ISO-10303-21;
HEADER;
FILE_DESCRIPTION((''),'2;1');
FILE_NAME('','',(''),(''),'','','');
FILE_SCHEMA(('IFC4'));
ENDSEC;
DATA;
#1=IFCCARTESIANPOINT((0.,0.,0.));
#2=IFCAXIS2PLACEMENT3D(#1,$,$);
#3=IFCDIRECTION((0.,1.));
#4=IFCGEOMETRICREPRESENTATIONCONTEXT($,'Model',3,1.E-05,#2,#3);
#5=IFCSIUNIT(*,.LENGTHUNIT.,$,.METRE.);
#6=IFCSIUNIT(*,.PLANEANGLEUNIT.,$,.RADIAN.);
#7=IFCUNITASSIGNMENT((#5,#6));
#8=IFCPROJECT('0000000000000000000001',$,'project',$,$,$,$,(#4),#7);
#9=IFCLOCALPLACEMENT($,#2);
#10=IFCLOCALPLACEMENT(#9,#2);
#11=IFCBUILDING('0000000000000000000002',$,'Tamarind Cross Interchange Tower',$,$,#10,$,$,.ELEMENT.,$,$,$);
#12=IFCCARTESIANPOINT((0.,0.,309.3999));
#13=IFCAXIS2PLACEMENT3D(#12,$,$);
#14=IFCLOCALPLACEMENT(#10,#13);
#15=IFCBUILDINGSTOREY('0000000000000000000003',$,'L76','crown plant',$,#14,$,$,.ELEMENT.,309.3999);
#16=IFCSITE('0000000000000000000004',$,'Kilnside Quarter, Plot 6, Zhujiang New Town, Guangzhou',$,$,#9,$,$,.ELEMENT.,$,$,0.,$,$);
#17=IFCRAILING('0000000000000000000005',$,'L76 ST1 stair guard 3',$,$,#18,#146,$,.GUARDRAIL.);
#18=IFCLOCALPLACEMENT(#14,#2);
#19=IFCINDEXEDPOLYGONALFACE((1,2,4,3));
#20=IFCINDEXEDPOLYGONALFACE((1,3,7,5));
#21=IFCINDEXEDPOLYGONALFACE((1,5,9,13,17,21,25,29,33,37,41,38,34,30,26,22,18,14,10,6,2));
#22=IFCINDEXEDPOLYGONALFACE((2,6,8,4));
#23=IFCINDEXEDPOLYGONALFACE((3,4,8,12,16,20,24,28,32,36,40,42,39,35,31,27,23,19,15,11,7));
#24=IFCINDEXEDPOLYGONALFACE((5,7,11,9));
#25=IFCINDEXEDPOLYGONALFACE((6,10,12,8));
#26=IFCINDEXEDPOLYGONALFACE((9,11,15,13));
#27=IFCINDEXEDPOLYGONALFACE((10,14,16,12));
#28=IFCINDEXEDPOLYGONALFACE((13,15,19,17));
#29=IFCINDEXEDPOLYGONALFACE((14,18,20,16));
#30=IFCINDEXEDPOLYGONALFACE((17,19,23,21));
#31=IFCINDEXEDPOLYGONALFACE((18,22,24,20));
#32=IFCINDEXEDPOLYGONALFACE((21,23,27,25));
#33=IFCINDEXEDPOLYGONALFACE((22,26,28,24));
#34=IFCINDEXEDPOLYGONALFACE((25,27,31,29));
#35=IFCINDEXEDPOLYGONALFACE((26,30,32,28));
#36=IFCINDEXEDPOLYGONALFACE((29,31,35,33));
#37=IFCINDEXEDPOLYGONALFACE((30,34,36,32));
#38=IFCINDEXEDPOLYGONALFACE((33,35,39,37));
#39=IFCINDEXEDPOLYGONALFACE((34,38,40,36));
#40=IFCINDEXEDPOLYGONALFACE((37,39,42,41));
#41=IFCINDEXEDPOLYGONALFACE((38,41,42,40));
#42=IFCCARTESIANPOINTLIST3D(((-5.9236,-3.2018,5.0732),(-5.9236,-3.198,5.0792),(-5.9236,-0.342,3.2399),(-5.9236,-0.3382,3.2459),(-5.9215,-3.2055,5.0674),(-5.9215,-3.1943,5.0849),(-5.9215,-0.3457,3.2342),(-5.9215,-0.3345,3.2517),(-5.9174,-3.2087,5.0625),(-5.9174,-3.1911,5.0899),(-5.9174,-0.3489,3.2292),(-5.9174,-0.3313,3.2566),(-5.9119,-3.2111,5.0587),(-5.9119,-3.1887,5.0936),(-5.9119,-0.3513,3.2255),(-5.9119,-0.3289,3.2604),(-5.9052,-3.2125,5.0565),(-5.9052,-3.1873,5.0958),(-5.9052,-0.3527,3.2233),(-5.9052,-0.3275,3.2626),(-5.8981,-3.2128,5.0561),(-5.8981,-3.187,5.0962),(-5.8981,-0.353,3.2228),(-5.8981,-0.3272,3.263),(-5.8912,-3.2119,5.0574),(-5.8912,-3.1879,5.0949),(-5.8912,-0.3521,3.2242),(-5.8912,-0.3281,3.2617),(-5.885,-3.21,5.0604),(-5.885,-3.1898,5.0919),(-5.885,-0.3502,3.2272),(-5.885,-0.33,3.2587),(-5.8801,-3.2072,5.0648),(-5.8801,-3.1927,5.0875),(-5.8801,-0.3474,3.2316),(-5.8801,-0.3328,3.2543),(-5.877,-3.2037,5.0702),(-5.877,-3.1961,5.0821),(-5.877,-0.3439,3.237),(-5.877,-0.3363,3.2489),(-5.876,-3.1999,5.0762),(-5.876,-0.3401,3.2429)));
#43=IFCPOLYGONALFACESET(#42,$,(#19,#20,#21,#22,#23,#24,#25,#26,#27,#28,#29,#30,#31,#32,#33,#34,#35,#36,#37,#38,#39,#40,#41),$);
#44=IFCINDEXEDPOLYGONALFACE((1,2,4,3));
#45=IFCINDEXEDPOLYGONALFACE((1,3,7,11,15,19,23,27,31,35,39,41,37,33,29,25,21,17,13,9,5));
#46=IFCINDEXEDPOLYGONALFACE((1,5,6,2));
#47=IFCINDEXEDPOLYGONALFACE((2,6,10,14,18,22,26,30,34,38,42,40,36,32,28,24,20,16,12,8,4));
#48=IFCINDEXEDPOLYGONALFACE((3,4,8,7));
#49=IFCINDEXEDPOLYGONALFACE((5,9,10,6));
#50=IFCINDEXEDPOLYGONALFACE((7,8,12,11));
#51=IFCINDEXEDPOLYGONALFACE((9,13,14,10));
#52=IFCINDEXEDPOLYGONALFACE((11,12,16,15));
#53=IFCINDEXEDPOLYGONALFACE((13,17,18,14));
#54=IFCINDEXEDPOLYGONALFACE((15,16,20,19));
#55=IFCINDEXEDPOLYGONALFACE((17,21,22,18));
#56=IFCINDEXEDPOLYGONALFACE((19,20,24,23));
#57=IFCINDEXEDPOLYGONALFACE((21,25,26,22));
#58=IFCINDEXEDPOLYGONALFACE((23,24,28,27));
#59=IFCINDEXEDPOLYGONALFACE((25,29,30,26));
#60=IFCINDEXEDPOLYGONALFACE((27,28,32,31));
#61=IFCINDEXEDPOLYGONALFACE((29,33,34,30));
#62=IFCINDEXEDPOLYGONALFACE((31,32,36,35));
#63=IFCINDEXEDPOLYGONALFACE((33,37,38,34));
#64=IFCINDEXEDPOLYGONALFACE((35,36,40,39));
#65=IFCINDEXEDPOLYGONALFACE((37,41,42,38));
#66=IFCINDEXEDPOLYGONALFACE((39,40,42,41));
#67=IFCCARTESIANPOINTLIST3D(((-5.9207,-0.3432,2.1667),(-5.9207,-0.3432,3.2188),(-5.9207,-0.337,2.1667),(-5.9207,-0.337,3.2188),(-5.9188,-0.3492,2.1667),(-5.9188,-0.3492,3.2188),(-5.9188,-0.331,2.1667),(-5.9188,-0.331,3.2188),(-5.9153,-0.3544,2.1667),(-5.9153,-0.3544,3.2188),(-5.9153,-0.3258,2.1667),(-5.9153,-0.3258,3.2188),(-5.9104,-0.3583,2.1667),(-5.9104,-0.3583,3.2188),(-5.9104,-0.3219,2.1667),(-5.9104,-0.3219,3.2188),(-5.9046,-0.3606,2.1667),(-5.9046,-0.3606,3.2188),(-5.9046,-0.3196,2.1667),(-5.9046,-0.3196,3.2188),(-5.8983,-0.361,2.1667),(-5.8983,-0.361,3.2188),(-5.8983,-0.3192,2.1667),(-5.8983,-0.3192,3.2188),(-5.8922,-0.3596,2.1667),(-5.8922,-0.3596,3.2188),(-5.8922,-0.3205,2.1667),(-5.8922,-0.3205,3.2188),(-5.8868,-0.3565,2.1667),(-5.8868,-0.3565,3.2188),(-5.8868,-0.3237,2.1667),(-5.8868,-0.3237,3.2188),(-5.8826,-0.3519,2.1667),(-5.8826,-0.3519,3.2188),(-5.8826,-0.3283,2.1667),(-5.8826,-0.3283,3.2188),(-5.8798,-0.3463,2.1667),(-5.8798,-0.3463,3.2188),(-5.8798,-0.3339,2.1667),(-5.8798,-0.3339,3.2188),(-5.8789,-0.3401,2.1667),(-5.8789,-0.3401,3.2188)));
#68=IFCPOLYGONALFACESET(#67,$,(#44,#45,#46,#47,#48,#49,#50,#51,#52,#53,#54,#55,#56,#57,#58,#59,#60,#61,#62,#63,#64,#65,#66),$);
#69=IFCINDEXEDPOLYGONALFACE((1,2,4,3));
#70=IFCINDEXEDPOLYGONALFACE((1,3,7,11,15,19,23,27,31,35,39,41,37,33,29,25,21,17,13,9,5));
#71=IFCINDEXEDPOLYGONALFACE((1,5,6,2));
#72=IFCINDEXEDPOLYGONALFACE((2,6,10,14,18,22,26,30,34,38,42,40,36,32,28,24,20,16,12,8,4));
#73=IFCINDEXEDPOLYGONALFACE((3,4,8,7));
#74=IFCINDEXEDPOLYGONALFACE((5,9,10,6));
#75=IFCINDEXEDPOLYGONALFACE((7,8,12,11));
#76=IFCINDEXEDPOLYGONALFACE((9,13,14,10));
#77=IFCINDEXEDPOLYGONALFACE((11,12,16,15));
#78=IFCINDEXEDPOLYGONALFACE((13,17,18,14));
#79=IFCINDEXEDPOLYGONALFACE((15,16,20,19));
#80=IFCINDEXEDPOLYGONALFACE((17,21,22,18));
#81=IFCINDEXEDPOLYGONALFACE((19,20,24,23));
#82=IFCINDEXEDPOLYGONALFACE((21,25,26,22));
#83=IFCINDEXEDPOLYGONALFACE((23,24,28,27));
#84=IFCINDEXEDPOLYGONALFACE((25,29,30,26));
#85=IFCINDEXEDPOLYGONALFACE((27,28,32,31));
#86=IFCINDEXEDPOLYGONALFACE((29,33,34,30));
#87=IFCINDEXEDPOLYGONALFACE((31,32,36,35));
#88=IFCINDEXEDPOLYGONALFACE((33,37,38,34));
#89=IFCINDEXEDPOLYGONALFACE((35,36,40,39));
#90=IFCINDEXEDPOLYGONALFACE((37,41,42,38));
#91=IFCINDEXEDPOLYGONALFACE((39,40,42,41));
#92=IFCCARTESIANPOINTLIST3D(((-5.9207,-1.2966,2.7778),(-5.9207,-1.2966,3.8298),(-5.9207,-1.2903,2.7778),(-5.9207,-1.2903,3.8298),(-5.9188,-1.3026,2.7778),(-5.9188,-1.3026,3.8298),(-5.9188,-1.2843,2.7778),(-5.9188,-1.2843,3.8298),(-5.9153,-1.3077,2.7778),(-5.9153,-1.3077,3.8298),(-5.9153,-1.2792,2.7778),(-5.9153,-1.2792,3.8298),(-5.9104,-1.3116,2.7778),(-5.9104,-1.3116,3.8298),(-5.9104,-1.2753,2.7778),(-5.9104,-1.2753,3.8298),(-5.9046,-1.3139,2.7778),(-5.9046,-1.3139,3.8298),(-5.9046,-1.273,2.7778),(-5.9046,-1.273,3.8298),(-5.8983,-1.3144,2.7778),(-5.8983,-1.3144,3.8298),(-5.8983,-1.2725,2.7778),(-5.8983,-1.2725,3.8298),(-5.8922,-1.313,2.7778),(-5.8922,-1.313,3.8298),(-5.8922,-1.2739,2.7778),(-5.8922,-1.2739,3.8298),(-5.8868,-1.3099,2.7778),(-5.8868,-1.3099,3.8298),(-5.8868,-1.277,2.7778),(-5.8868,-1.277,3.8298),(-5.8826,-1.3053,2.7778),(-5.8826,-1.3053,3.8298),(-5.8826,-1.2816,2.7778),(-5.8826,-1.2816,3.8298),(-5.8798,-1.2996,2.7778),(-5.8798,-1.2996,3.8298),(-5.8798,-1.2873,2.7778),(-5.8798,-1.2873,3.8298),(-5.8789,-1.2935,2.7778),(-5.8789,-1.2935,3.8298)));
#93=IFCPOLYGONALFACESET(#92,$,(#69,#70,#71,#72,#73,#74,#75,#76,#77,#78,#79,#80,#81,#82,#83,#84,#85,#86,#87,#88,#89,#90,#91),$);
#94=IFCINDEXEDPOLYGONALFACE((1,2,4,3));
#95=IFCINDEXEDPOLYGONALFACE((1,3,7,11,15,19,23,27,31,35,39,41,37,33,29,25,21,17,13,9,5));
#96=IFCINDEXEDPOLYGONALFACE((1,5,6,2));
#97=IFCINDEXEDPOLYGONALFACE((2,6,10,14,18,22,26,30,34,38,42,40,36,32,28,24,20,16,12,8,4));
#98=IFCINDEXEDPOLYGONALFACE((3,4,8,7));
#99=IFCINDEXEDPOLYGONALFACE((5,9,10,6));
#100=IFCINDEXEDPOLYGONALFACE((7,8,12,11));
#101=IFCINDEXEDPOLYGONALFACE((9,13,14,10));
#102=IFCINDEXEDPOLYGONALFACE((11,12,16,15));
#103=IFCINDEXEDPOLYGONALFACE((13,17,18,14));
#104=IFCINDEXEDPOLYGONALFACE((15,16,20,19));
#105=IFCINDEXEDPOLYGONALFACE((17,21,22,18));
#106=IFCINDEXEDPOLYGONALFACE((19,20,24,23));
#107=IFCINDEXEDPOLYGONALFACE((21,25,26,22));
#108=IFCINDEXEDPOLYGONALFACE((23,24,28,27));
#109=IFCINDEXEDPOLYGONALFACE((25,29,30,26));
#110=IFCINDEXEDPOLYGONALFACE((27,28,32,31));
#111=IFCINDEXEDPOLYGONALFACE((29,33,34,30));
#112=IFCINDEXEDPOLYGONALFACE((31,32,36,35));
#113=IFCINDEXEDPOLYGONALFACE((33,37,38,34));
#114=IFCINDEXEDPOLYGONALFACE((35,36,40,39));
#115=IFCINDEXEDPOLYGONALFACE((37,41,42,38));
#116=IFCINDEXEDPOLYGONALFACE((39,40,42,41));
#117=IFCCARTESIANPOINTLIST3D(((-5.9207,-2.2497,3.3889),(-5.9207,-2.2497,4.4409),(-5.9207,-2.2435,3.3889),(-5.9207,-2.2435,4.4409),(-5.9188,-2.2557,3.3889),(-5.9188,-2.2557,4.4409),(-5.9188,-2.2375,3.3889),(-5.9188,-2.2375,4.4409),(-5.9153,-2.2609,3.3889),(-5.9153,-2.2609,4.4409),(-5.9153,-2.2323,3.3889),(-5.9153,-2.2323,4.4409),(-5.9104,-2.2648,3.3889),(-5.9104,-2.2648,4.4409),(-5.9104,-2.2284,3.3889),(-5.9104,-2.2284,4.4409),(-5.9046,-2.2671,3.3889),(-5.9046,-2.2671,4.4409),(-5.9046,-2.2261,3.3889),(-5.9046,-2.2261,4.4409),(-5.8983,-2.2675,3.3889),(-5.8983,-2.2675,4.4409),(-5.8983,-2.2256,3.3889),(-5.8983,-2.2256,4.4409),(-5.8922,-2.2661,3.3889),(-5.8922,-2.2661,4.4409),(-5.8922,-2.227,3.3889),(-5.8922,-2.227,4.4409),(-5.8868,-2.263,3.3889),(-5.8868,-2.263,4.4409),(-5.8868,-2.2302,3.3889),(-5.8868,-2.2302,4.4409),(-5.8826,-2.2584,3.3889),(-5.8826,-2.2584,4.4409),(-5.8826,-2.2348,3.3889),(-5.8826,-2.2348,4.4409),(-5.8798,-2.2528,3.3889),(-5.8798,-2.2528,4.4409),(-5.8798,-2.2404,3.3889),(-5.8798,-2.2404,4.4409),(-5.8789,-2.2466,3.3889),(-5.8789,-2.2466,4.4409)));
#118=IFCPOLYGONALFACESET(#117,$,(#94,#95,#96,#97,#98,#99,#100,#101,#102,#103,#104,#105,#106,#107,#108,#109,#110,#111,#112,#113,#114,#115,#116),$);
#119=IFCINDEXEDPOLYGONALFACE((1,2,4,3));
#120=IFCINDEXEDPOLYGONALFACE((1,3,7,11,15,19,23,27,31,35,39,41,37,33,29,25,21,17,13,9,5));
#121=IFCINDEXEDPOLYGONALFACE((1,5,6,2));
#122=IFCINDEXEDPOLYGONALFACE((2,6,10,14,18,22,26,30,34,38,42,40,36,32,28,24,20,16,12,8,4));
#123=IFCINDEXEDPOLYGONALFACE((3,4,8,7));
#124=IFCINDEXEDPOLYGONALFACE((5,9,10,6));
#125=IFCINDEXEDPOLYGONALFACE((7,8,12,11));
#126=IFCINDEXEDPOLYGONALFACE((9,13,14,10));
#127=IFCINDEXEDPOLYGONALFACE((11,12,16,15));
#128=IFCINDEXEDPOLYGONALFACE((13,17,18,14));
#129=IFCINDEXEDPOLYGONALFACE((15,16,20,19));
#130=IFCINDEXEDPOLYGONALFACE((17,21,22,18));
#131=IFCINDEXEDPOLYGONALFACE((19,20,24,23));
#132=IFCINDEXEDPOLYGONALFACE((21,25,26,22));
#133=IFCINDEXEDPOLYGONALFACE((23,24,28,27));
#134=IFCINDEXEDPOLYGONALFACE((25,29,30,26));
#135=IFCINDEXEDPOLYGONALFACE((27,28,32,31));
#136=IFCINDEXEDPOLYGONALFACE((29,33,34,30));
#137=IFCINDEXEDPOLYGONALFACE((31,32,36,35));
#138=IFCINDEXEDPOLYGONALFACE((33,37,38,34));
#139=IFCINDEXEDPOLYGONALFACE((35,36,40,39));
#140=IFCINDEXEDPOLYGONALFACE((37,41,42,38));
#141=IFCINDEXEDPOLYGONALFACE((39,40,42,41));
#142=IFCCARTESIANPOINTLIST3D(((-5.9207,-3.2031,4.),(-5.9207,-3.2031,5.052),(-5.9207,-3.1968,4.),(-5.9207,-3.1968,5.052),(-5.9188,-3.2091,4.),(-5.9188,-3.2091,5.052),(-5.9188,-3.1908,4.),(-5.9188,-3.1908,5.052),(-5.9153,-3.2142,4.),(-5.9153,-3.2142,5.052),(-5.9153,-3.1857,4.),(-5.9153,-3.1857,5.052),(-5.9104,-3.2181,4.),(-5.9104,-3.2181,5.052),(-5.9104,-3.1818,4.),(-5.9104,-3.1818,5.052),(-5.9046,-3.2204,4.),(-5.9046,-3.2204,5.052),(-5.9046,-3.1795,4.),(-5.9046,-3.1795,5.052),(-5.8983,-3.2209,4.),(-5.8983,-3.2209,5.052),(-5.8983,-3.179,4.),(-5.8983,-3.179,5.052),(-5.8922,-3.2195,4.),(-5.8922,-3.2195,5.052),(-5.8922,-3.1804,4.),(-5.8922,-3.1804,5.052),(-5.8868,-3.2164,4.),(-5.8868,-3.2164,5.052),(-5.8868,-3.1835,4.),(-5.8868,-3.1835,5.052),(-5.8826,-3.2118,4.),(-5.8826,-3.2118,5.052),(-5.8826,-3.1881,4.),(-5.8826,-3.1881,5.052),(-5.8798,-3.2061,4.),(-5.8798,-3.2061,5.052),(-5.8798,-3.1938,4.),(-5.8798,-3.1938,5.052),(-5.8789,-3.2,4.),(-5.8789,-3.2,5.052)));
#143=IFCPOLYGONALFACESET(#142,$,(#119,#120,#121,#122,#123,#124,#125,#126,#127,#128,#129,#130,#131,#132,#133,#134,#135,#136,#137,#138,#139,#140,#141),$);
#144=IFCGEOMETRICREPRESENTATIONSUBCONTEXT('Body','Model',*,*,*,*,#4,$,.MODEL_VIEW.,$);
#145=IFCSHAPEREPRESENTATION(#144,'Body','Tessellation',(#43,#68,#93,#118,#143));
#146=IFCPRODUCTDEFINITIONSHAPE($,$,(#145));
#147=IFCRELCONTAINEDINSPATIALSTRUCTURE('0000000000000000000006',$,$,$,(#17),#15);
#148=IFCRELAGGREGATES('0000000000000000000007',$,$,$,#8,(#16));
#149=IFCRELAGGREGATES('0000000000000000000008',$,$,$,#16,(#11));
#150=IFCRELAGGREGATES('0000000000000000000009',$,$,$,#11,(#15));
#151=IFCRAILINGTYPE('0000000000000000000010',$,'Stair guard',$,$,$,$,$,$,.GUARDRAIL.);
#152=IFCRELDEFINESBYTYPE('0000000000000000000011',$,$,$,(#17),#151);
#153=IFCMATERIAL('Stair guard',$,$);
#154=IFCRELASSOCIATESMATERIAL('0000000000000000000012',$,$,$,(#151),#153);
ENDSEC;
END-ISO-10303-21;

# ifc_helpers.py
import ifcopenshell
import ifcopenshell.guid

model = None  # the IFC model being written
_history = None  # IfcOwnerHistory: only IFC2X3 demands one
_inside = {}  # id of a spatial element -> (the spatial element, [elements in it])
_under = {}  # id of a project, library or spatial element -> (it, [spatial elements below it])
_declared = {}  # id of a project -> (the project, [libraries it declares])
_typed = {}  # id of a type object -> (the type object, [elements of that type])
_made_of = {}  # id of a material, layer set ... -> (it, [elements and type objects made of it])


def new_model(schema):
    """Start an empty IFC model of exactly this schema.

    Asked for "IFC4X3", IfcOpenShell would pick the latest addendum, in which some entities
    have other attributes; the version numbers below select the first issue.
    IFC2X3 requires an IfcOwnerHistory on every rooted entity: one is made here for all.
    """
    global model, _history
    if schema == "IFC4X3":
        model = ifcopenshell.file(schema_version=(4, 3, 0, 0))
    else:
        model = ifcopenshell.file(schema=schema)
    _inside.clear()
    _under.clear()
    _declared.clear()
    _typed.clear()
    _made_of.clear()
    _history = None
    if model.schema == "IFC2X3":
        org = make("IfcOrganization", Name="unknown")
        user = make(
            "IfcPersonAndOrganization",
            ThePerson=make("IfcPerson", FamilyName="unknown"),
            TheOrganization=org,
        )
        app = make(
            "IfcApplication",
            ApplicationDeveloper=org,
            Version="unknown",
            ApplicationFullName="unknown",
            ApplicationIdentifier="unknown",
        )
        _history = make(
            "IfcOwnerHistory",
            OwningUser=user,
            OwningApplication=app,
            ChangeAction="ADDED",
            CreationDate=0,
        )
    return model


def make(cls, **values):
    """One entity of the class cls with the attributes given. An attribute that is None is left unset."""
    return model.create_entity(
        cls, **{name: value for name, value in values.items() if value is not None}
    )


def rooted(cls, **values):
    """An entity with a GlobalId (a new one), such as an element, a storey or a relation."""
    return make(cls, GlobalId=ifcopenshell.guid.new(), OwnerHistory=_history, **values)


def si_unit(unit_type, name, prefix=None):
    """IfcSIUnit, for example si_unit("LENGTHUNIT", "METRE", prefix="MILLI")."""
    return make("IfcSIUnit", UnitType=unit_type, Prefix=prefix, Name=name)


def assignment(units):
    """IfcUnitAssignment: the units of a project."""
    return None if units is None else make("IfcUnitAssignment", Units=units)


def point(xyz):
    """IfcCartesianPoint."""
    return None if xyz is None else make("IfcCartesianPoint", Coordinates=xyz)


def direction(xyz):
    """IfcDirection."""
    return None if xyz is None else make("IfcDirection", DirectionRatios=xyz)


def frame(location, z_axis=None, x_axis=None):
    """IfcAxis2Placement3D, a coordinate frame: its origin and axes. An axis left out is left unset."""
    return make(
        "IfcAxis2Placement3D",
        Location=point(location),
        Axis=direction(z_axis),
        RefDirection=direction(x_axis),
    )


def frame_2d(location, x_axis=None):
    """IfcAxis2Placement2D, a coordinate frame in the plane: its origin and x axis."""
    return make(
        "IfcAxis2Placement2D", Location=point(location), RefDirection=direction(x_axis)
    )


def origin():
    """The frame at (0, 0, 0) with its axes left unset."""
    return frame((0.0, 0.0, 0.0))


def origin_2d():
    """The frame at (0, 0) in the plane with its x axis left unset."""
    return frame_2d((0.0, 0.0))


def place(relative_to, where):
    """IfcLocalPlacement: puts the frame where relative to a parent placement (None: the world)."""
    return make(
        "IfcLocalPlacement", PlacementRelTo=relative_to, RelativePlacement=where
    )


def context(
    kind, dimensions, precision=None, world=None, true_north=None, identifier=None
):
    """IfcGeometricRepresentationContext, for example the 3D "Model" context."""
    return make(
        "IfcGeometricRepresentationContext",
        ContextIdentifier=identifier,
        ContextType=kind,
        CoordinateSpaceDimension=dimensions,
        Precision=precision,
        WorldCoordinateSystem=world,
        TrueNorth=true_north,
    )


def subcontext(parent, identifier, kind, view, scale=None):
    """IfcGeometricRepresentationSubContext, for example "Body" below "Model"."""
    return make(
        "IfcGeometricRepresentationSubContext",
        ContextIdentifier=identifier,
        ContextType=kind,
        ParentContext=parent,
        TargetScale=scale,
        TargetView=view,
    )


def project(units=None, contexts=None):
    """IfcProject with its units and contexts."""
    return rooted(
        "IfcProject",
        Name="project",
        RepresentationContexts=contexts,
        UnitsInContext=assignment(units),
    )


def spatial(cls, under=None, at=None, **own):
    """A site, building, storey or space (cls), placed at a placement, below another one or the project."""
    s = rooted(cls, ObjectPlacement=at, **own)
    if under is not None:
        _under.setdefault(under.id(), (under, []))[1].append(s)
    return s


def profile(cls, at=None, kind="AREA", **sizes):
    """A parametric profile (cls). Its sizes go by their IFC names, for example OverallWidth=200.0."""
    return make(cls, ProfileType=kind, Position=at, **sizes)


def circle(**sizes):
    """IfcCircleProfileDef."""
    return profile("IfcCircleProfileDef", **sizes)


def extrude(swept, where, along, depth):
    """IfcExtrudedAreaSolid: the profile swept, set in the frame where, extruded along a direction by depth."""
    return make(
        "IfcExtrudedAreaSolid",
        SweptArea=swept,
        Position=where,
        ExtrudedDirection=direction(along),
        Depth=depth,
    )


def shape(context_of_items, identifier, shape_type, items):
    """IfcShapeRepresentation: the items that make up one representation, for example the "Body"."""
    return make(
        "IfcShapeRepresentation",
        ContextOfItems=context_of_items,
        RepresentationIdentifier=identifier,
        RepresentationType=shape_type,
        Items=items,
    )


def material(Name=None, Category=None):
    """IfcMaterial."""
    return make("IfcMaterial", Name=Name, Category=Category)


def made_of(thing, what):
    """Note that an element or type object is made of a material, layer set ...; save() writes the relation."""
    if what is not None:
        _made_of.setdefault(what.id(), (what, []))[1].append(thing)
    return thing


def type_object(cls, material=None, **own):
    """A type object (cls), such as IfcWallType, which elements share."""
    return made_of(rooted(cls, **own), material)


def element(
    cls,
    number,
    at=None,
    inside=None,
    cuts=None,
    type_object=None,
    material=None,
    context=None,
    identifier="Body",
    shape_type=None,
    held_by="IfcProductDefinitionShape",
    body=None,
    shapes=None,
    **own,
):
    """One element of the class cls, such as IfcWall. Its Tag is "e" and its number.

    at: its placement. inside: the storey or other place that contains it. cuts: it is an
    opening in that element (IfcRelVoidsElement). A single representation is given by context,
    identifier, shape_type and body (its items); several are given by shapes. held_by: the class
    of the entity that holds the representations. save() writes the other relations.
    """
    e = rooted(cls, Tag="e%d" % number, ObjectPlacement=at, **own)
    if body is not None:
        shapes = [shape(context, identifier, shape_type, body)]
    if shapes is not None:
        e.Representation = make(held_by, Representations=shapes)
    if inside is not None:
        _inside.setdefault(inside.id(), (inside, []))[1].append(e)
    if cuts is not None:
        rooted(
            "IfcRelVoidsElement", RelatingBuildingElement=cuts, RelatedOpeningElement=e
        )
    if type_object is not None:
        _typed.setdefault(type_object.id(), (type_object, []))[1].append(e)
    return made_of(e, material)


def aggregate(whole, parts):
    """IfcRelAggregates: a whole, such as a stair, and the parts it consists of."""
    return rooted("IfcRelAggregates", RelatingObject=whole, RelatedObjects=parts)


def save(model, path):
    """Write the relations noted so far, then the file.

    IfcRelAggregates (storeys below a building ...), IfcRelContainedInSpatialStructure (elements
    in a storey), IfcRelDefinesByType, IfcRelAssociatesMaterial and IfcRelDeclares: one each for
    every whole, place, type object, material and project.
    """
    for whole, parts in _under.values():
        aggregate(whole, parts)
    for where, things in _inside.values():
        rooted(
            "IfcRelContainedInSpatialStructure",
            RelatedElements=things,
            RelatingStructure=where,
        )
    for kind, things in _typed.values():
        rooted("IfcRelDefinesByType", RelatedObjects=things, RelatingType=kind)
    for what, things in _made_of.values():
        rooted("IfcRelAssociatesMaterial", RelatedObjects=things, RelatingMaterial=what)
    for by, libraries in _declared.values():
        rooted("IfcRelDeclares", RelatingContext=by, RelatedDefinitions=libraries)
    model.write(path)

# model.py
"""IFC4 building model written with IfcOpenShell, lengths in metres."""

from ifc_helpers import new_model, si_unit, direction, frame, origin, origin_2d, place, context, subcontext, project, spatial, circle, extrude, material, type_object, element, save


model = new_model("IFC4")

# Units and contexts
model_context = context("Model", 3, precision=1e-05, world=origin(), true_north=direction((0.0, 1.0)))
body_context = subcontext(model_context, "Body", "Model", "MODEL_VIEW")
ifc_project = project(units=[si_unit("LENGTHUNIT", "METRE"), si_unit("PLANEANGLEUNIT", "RADIAN")], contexts=[model_context])

# Site, building, storey
site_placement = place(None, origin())
site = spatial("IfcSite", under=ifc_project, at=site_placement, Name="Kilnside Quarter, Plot 6, Zhujiang New Town, Guangzhou", CompositionType="ELEMENT", RefElevation=0.0)
building_placement = place(site_placement, origin())
building = spatial("IfcBuilding", under=site, at=building_placement, Name="Tamarind Cross Interchange Tower", CompositionType="ELEMENT")
storey_placement = place(building_placement, frame((0.0, 0.0, 309.3999)))
storey = spatial("IfcBuildingStorey", under=building, at=storey_placement, Name="L76", Description="crown plant", CompositionType="ELEMENT", Elevation=309.3999)

# Railing
ifc_material_1 = material(Name="Stair guard")
railing_type_1 = type_object("IfcRailingType", Name="Stair guard", PredefinedType="GUARDRAIL", material=ifc_material_1)
railing_1_placement = place(storey_placement, frame((-5.8999, -0.3401, 2.1667)))
element("IfcRailing", 1, at=railing_1_placement, inside=storey, type_object=railing_type_1, Name="L76 ST1 stair guard 3", PredefinedType="GUARDRAIL", context=body_context, shape_type="SweptSolid", body=[
    extrude(circle(Radius=0.0239, at=origin_2d()), frame((0.0, 0.0, 1.0762), z_axis=(0.0, -0.841878, 0.539667), x_axis=(1.0, 0.0, 0.0)), (0.0, 0.0, 1.0), 3.397),
    extrude(circle(Radius=0.021, at=origin_2d()), origin(), (0.0, 0.0, 1.0), 1.052),
    extrude(circle(Radius=0.021, at=origin_2d()), frame((0.0, -0.9534, 0.6111)), (0.0, 0.0, 1.0), 1.052),
    extrude(circle(Radius=0.021, at=origin_2d()), frame((0.0, -1.9065, 1.2222)), (0.0, 0.0, 1.0), 1.052),
    extrude(circle(Radius=0.021, at=origin_2d()), frame((0.0, -2.8599, 1.8333)), (0.0, 0.0, 1.0), 1.052),
])

save(model, "model.ifc")
